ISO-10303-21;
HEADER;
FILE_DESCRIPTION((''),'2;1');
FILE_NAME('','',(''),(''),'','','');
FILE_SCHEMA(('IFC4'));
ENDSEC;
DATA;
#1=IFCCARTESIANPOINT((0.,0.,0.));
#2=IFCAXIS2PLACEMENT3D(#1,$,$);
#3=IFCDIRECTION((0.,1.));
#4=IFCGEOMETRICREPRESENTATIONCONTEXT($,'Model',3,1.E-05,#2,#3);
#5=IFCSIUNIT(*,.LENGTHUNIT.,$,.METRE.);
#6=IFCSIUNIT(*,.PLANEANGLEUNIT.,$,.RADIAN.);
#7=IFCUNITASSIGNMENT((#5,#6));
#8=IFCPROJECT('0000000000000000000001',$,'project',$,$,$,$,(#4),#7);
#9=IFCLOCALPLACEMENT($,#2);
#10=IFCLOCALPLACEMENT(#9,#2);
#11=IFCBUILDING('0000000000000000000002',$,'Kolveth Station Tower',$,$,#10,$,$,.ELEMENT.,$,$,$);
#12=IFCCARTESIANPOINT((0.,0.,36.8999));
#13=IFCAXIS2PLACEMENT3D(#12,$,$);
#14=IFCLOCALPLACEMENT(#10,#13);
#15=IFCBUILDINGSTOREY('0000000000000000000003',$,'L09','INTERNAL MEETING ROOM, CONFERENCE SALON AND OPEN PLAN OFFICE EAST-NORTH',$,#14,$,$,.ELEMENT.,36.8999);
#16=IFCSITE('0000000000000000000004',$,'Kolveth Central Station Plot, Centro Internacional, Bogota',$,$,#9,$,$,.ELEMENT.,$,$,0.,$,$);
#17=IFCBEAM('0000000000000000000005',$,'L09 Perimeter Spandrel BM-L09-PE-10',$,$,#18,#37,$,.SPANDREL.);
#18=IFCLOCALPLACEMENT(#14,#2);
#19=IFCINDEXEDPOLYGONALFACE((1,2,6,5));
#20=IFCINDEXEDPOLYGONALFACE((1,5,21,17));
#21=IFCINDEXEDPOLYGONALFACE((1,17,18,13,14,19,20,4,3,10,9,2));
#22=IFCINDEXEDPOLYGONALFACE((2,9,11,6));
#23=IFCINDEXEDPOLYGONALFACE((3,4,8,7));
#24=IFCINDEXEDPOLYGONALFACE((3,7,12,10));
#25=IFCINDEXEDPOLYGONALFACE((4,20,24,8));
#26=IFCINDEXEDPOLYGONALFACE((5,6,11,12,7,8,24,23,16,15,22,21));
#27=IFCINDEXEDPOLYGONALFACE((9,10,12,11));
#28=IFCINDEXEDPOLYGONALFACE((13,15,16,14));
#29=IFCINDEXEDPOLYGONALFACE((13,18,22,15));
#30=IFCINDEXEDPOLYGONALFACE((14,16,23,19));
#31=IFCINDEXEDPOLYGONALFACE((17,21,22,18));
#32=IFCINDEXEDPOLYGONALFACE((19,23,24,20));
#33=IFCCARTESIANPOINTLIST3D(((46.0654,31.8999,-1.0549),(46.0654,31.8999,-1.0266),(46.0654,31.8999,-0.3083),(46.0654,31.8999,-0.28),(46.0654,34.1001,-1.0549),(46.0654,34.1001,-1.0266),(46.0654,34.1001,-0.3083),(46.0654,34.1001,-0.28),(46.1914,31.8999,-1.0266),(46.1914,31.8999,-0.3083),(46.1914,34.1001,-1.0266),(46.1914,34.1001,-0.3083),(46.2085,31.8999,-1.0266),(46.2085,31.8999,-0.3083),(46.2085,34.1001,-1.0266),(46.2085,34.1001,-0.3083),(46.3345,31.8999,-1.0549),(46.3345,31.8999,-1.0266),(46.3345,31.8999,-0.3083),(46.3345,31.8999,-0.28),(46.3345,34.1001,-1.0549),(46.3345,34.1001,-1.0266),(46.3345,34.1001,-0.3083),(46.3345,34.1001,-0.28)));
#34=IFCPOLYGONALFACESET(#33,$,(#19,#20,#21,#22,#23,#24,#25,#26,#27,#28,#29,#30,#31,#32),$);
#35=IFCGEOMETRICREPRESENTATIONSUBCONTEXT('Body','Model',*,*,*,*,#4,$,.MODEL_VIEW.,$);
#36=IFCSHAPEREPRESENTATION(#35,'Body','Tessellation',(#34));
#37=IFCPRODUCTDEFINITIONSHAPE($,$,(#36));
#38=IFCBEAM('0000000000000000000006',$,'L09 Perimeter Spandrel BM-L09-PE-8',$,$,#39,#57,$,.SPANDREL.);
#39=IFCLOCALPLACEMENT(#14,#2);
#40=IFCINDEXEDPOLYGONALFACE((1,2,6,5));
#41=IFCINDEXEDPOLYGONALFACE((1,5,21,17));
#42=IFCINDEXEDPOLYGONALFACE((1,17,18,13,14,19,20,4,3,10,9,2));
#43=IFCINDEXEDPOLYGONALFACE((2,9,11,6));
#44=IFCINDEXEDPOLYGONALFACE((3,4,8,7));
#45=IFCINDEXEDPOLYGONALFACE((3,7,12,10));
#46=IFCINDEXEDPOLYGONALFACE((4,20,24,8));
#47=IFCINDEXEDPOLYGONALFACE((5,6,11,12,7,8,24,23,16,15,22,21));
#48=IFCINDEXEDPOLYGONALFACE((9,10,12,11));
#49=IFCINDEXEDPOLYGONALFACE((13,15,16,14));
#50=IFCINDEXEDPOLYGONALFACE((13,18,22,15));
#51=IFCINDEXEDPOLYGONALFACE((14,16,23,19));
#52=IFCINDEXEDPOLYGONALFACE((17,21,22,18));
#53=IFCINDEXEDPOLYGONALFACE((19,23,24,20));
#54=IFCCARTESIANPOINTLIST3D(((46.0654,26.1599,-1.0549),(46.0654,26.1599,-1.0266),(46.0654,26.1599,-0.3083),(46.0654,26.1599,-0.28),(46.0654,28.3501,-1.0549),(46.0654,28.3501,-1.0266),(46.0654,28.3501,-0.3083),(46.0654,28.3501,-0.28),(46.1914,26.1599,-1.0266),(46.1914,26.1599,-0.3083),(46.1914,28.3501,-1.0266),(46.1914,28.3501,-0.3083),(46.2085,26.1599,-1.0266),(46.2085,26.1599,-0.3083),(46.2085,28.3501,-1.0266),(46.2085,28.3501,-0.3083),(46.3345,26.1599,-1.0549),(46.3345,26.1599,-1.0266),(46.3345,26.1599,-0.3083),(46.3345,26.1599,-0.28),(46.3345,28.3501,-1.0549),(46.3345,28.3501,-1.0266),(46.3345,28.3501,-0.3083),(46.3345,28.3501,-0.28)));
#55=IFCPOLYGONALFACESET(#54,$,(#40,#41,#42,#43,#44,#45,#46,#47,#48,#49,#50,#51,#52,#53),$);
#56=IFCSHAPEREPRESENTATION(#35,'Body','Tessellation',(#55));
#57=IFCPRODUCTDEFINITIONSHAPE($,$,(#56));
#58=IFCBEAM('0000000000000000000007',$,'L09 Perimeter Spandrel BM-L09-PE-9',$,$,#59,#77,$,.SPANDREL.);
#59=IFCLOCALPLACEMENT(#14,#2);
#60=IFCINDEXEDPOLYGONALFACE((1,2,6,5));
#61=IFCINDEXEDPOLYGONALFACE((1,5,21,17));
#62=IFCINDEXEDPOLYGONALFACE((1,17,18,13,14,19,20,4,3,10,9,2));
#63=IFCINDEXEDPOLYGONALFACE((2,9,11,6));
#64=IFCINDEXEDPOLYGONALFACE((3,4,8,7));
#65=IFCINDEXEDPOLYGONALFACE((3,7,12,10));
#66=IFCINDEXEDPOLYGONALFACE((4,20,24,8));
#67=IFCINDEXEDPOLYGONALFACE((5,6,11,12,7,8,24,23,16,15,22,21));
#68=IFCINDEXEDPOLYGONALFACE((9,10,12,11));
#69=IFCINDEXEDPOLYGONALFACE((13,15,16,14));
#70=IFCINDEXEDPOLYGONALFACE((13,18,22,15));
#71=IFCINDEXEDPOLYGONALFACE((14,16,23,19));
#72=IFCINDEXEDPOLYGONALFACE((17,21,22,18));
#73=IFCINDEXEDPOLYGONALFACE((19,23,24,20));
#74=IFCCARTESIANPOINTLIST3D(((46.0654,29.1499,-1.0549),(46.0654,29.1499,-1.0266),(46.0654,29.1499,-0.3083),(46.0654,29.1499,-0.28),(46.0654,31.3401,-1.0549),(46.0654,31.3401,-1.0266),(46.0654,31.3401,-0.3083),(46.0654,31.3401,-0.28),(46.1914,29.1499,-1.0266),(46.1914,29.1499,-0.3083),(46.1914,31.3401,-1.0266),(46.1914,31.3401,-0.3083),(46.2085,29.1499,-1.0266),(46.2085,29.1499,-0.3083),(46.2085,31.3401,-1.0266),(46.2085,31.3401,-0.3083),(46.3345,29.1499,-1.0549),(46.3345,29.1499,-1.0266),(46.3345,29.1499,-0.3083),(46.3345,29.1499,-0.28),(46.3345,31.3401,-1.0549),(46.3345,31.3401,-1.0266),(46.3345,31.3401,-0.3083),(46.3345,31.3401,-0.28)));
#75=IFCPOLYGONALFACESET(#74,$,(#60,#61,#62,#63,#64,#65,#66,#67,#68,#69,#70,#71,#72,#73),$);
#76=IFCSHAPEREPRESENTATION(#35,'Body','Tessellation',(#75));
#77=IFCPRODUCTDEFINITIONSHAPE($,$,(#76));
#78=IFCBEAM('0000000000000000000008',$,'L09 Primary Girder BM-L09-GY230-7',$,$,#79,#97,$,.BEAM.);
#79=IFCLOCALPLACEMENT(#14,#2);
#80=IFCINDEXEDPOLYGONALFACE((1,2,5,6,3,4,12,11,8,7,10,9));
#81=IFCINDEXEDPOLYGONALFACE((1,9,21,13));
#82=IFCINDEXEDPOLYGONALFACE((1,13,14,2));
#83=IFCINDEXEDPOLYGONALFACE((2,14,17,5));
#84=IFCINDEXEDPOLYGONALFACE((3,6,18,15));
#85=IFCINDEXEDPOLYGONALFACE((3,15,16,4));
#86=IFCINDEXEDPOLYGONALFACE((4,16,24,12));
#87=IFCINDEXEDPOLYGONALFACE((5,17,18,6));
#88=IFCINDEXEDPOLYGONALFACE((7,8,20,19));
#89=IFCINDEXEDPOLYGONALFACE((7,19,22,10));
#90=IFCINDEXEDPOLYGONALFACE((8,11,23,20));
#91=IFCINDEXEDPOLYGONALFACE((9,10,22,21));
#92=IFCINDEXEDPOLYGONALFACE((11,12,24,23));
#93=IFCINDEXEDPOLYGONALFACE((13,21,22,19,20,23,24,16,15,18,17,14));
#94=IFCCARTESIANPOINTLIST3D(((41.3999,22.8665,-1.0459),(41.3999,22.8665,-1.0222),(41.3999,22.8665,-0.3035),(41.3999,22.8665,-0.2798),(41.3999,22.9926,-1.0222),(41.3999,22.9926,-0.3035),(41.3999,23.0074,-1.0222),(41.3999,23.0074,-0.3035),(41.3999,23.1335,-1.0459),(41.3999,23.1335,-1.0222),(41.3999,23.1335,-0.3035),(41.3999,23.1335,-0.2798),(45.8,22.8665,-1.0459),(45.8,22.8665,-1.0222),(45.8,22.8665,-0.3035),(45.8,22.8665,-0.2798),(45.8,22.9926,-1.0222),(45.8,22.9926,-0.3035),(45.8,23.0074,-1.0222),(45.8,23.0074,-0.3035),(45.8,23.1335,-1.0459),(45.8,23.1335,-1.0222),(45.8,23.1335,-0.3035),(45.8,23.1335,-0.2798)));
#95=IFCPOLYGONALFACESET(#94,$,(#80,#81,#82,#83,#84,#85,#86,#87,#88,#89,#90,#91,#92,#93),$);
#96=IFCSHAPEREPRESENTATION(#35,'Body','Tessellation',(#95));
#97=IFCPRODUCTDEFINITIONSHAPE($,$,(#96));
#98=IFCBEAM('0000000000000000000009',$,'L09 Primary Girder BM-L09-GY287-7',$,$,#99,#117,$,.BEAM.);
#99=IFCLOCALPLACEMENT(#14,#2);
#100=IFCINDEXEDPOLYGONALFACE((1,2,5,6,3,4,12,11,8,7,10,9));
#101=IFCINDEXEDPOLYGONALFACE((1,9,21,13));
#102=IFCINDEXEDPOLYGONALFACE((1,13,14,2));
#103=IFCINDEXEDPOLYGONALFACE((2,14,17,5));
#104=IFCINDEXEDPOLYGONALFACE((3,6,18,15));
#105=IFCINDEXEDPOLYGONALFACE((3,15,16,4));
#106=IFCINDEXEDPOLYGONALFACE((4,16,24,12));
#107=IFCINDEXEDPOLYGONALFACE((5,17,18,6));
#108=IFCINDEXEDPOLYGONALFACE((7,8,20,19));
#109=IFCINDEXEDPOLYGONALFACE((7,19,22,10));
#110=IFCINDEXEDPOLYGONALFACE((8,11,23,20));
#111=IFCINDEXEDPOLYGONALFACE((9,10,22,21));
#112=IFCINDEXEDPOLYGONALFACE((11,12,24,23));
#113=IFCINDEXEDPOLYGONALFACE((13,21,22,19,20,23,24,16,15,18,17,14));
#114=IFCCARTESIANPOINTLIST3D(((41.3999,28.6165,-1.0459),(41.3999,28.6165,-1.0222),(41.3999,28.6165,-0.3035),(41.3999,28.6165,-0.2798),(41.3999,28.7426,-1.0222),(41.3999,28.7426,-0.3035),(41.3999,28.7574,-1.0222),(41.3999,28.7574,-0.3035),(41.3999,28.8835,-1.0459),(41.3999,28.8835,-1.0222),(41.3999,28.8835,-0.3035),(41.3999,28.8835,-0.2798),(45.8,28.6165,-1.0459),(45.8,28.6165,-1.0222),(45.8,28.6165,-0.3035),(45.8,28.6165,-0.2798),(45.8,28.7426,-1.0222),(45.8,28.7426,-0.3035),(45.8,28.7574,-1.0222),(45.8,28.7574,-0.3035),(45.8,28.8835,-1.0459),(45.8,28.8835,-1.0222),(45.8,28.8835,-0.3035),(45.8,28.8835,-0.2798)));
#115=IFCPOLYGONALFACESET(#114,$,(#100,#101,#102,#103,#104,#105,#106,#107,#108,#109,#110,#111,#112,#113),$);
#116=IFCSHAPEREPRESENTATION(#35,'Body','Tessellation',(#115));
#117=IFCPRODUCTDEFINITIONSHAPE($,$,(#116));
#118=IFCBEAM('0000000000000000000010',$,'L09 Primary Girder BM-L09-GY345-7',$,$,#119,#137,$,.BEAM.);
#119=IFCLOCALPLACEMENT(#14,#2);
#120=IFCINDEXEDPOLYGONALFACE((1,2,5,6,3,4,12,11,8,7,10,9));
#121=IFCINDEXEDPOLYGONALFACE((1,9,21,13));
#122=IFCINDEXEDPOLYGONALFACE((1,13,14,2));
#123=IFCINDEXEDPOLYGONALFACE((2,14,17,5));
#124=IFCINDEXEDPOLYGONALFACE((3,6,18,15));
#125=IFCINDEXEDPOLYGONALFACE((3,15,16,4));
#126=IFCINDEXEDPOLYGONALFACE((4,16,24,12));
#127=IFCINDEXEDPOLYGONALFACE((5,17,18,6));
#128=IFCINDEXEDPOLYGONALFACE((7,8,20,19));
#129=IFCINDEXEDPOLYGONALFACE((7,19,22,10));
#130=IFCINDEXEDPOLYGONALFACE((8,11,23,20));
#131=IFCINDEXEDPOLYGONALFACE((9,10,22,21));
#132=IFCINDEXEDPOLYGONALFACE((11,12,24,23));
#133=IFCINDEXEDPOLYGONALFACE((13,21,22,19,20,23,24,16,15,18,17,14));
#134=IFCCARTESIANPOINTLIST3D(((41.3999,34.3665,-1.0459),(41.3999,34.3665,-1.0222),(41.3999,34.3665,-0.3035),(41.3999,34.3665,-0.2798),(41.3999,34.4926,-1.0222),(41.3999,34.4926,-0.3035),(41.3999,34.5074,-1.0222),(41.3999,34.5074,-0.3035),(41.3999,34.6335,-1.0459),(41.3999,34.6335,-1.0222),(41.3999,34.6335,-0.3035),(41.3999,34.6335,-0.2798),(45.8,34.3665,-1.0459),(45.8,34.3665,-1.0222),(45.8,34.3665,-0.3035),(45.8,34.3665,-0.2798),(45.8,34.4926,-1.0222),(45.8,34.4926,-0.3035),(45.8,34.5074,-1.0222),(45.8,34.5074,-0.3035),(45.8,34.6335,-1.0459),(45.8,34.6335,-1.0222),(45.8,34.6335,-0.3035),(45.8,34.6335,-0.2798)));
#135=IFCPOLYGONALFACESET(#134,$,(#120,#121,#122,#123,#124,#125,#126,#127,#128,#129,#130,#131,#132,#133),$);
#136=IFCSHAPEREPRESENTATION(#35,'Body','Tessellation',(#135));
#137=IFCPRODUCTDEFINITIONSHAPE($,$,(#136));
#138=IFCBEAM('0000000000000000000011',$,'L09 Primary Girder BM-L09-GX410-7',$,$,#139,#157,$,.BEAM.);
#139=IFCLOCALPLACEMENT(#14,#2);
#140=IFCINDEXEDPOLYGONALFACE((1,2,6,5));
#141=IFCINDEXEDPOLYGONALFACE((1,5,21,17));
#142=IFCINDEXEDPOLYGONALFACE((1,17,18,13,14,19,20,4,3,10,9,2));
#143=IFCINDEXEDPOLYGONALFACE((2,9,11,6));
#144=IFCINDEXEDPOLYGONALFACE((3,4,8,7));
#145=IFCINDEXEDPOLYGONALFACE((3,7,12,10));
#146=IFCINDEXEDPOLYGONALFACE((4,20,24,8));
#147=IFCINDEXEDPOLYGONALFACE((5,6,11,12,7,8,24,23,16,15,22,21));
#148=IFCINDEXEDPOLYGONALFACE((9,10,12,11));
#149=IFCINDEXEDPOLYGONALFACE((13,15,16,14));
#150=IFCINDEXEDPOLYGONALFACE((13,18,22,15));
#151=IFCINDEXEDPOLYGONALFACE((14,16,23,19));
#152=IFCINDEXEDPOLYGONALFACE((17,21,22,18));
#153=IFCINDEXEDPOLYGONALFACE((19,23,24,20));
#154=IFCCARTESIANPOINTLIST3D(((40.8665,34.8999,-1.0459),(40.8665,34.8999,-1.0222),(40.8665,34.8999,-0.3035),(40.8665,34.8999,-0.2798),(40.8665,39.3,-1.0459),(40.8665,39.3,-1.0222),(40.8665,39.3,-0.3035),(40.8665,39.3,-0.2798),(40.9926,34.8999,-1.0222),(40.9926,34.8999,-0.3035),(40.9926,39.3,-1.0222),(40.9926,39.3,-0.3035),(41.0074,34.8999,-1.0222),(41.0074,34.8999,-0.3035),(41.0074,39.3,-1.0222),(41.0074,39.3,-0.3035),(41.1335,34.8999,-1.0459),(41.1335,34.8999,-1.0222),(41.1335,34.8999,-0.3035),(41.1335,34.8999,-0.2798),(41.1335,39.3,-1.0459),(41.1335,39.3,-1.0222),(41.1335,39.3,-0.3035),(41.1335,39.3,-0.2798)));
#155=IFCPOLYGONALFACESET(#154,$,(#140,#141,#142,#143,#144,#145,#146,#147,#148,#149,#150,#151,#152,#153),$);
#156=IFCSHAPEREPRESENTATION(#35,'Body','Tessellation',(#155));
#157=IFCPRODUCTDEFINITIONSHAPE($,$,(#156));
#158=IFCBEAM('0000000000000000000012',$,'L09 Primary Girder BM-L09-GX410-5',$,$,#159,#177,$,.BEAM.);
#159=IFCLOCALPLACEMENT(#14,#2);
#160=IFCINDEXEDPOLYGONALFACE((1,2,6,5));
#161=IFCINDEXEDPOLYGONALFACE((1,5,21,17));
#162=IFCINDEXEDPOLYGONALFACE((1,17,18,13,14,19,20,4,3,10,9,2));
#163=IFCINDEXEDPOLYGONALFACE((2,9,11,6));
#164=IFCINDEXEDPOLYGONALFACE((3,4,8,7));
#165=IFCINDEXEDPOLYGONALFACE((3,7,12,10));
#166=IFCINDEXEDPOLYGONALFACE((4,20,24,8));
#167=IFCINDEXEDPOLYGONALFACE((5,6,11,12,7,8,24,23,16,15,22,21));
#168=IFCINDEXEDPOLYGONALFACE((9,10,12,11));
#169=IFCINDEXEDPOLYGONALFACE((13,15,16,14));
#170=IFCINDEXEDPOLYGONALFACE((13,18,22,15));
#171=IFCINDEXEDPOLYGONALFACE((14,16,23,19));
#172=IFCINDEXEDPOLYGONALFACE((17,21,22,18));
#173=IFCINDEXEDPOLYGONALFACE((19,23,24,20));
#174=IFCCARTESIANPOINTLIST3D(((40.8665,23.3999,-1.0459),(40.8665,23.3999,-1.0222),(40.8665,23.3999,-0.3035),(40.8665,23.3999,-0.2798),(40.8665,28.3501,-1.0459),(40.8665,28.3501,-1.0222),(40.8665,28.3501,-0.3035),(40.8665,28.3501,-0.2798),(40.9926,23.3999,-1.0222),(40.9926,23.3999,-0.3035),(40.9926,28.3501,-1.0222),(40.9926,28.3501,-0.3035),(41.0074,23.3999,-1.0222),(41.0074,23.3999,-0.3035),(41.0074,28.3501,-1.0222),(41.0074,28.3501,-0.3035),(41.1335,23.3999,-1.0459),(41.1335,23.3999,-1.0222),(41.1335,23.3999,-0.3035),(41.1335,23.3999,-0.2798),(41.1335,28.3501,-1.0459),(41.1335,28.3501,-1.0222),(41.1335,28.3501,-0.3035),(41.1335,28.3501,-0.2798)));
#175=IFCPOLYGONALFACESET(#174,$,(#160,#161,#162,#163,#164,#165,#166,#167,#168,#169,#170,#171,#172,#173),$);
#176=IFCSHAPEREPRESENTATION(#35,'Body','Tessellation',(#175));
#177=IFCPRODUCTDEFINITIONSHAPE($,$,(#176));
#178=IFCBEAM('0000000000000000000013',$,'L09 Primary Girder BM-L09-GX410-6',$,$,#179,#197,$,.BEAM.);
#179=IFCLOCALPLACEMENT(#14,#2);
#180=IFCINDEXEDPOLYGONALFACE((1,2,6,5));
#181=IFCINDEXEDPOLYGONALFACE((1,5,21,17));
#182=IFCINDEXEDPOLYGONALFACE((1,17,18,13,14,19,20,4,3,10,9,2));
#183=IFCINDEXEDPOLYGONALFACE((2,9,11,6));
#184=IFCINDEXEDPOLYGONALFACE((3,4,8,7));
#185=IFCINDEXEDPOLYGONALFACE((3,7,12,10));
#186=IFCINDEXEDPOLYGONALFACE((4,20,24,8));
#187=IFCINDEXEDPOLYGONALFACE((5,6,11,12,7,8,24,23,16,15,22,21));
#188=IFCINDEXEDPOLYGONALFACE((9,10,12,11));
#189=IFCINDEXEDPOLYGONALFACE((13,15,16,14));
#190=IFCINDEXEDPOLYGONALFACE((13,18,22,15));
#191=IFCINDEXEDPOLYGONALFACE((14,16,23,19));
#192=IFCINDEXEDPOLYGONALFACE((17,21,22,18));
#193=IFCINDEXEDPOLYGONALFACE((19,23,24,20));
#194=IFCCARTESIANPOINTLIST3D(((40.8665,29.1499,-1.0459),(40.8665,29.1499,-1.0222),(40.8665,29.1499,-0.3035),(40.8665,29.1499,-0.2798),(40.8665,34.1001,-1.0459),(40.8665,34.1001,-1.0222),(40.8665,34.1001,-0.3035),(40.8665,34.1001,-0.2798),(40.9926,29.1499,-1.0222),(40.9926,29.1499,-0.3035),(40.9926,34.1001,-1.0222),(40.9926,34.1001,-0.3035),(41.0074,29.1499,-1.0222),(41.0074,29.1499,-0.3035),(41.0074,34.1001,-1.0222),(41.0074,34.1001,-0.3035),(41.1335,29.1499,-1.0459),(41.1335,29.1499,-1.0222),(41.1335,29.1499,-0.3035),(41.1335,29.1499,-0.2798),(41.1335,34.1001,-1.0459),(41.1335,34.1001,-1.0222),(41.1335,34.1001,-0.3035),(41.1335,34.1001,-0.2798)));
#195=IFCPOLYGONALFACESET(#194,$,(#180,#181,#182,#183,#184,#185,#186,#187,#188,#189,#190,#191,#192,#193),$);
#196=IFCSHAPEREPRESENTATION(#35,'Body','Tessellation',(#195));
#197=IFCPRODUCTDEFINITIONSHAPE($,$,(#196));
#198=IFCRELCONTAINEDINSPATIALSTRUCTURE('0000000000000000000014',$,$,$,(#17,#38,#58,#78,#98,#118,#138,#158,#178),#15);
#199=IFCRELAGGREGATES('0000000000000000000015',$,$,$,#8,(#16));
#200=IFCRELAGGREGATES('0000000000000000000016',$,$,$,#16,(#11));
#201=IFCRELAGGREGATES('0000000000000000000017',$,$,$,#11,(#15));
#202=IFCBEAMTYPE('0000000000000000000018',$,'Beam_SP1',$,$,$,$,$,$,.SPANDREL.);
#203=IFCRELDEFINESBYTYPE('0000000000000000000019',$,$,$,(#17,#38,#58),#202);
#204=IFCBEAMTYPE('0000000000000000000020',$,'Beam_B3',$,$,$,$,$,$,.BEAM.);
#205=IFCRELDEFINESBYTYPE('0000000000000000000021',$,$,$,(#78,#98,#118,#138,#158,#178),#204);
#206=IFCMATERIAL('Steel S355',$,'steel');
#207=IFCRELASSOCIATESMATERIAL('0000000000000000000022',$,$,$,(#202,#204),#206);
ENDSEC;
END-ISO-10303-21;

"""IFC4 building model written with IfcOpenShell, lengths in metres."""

from ifc_helpers import new_model, si_unit, direction, frame, origin, origin_2d, place, context, subcontext, project, spatial, i_section, extrude, source, transform, mapped, material, material_profile, profile_set, type_object, element, save


model = new_model("IFC4")

# Units and contexts
model_context = context("Model", 3, precision=1e-05, world=origin(), true_north=direction((0.0, 1.0)))
body_context = subcontext(model_context, "Body", "Model", "MODEL_VIEW")
ifc_project = project(units=[si_unit("LENGTHUNIT", "METRE"), si_unit("PLANEANGLEUNIT", "RADIAN")], contexts=[model_context])

# Site, building, storey
site_placement = place(None, origin())
site = spatial("IfcSite", under=ifc_project, at=site_placement, Name="Kolveth Central Station Plot, Centro Internacional, Bogota", CompositionType="ELEMENT", RefElevation=0.0)
building_placement = place(site_placement, origin())
building = spatial("IfcBuilding", under=site, at=building_placement, Name="Kolveth Station Tower", CompositionType="ELEMENT")
storey_placement = place(building_placement, frame((0.0, 0.0, 36.8999)))
storey = spatial("IfcBuildingStorey", under=building, at=storey_placement, Name="L09", Description="INTERNAL MEETING ROOM, CONFERENCE SALON AND OPEN PLAN OFFICE EAST-NORTH", CompositionType="ELEMENT", Elevation=36.8999)

# Shared definitions
ifc_material_1 = material(Name="Steel S355", Category="steel")

# Beams
ifc_material_profile_1 = material_profile(ifc_material_1, i_section(OverallWidth=0.269, OverallDepth=0.7749, WebThickness=0.0171, FlangeThickness=0.0283, at=origin_2d()), Name="W760x220")
ifc_profile_set_1 = profile_set([ifc_material_profile_1], Name="Steel S355")
beam_type_1 = type_object("IfcBeamType", Name="Beam_SP1", PredefinedType="SPANDREL", material=ifc_profile_set_1)
shared_shape_1 = source(origin(), body_context, "Body", "SweptSolid", [
    extrude(i_section(OverallWidth=0.269, OverallDepth=0.7749, WebThickness=0.0171, FlangeThickness=0.0283, at=origin_2d()), origin(), (0.0, 0.0, 1.0), 2.2002),
])
for number, where, z_axis, x_axis, name in (
    (1, (46.2, 31.8999, -0.6675), (0.0, 1.0, 0.0), (-1.0, 0.0, 0.0), "L09 Perimeter Spandrel BM-L09-PE-10"),
):
    element("IfcBeam", number, at=place(storey_placement, frame(where, z_axis=z_axis, x_axis=x_axis)), inside=storey, type_object=beam_type_1, Name=name, PredefinedType="SPANDREL", context=body_context, shape_type="MappedRepresentation", body=[
        mapped(shared_shape_1, transform((0.0, 0.0, 0.0), x_axis=(1.0, 0.0, 0.0), y_axis=(0.0, 1.0, 0.0), z_axis=(0.0, 0.0, 1.0), scale=1.0)),
    ])
shared_shape_2 = source(origin(), body_context, "Body", "SweptSolid", [
    extrude(i_section(OverallWidth=0.269, OverallDepth=0.7749, WebThickness=0.0171, FlangeThickness=0.0283, at=origin_2d()), origin(), (0.0, 0.0, 1.0), 2.1902),
])
for number, where, z_axis, x_axis, name in (
    (2, (46.2, 26.1599, -0.6675), (0.0, 1.0, 0.0), (-1.0, 0.0, 0.0), "L09 Perimeter Spandrel BM-L09-PE-8"),
    (3, (46.2, 29.1499, -0.6675), (0.0, 1.0, 0.0), (-1.0, 0.0, 0.0), "L09 Perimeter Spandrel BM-L09-PE-9"),
):
    element("IfcBeam", number, at=place(storey_placement, frame(where, z_axis=z_axis, x_axis=x_axis)), inside=storey, type_object=beam_type_1, Name=name, PredefinedType="SPANDREL", context=body_context, shape_type="MappedRepresentation", body=[
        mapped(shared_shape_2, transform((0.0, 0.0, 0.0), x_axis=(1.0, 0.0, 0.0), y_axis=(0.0, 1.0, 0.0), z_axis=(0.0, 0.0, 1.0), scale=1.0)),
    ])
ifc_material_profile_2 = material_profile(ifc_material_1, i_section(OverallWidth=0.2671, OverallDepth=0.7661, WebThickness=0.0149, FlangeThickness=0.0237, at=origin_2d()), Name="W760x185")
ifc_profile_set_2 = profile_set([ifc_material_profile_2], Name="Steel S355")
beam_type_2 = type_object("IfcBeamType", Name="Beam_B3", PredefinedType="BEAM", material=ifc_profile_set_2)
shared_shape_3 = source(origin(), body_context, "Body", "SweptSolid", [
    extrude(i_section(OverallWidth=0.2671, OverallDepth=0.7661, WebThickness=0.0149, FlangeThickness=0.0237, at=origin_2d()), origin(), (0.0, 0.0, 1.0), 4.4001),
])
for number, where, z_axis, x_axis, name in (
    (4, (41.3999, 23.0, -0.6628), (1.0, 0.0, 0.0), (0.0, 1.0, 0.0), "L09 Primary Girder BM-L09-GY230-7"),
    (5, (41.3999, 28.75, -0.6628), (1.0, 0.0, 0.0), (0.0, 1.0, 0.0), "L09 Primary Girder BM-L09-GY287-7"),
    (6, (41.3999, 34.5, -0.6628), (1.0, 0.0, 0.0), (0.0, 1.0, 0.0), "L09 Primary Girder BM-L09-GY345-7"),
    (7, (41.0, 34.8999, -0.6628), (0.0, 1.0, 0.0), (-1.0, 0.0, 0.0), "L09 Primary Girder BM-L09-GX410-7"),
):
    element("IfcBeam", number, at=place(storey_placement, frame(where, z_axis=z_axis, x_axis=x_axis)), inside=storey, type_object=beam_type_2, Name=name, PredefinedType="BEAM", context=body_context, shape_type="MappedRepresentation", body=[
        mapped(shared_shape_3, transform((0.0, 0.0, 0.0), x_axis=(1.0, 0.0, 0.0), y_axis=(0.0, 1.0, 0.0), z_axis=(0.0, 0.0, 1.0), scale=1.0)),
    ])
shared_shape_4 = source(origin(), body_context, "Body", "SweptSolid", [
    extrude(i_section(OverallWidth=0.2671, OverallDepth=0.7661, WebThickness=0.0149, FlangeThickness=0.0237, at=origin_2d()), origin(), (0.0, 0.0, 1.0), 4.9502),
])
for number, where, z_axis, x_axis, name in (
    (8, (41.0, 23.3999, -0.6628), (0.0, 1.0, 0.0), (-1.0, 0.0, 0.0), "L09 Primary Girder BM-L09-GX410-5"),
    (9, (41.0, 29.1499, -0.6628), (0.0, 1.0, 0.0), (-1.0, 0.0, 0.0), "L09 Primary Girder BM-L09-GX410-6"),
):
    element("IfcBeam", number, at=place(storey_placement, frame(where, z_axis=z_axis, x_axis=x_axis)), inside=storey, type_object=beam_type_2, Name=name, PredefinedType="BEAM", context=body_context, shape_type="MappedRepresentation", body=[
        mapped(shared_shape_4, transform((0.0, 0.0, 0.0), x_axis=(1.0, 0.0, 0.0), y_axis=(0.0, 1.0, 0.0), z_axis=(0.0, 0.0, 1.0), scale=1.0)),
    ])

save(model, "model.ifc")
